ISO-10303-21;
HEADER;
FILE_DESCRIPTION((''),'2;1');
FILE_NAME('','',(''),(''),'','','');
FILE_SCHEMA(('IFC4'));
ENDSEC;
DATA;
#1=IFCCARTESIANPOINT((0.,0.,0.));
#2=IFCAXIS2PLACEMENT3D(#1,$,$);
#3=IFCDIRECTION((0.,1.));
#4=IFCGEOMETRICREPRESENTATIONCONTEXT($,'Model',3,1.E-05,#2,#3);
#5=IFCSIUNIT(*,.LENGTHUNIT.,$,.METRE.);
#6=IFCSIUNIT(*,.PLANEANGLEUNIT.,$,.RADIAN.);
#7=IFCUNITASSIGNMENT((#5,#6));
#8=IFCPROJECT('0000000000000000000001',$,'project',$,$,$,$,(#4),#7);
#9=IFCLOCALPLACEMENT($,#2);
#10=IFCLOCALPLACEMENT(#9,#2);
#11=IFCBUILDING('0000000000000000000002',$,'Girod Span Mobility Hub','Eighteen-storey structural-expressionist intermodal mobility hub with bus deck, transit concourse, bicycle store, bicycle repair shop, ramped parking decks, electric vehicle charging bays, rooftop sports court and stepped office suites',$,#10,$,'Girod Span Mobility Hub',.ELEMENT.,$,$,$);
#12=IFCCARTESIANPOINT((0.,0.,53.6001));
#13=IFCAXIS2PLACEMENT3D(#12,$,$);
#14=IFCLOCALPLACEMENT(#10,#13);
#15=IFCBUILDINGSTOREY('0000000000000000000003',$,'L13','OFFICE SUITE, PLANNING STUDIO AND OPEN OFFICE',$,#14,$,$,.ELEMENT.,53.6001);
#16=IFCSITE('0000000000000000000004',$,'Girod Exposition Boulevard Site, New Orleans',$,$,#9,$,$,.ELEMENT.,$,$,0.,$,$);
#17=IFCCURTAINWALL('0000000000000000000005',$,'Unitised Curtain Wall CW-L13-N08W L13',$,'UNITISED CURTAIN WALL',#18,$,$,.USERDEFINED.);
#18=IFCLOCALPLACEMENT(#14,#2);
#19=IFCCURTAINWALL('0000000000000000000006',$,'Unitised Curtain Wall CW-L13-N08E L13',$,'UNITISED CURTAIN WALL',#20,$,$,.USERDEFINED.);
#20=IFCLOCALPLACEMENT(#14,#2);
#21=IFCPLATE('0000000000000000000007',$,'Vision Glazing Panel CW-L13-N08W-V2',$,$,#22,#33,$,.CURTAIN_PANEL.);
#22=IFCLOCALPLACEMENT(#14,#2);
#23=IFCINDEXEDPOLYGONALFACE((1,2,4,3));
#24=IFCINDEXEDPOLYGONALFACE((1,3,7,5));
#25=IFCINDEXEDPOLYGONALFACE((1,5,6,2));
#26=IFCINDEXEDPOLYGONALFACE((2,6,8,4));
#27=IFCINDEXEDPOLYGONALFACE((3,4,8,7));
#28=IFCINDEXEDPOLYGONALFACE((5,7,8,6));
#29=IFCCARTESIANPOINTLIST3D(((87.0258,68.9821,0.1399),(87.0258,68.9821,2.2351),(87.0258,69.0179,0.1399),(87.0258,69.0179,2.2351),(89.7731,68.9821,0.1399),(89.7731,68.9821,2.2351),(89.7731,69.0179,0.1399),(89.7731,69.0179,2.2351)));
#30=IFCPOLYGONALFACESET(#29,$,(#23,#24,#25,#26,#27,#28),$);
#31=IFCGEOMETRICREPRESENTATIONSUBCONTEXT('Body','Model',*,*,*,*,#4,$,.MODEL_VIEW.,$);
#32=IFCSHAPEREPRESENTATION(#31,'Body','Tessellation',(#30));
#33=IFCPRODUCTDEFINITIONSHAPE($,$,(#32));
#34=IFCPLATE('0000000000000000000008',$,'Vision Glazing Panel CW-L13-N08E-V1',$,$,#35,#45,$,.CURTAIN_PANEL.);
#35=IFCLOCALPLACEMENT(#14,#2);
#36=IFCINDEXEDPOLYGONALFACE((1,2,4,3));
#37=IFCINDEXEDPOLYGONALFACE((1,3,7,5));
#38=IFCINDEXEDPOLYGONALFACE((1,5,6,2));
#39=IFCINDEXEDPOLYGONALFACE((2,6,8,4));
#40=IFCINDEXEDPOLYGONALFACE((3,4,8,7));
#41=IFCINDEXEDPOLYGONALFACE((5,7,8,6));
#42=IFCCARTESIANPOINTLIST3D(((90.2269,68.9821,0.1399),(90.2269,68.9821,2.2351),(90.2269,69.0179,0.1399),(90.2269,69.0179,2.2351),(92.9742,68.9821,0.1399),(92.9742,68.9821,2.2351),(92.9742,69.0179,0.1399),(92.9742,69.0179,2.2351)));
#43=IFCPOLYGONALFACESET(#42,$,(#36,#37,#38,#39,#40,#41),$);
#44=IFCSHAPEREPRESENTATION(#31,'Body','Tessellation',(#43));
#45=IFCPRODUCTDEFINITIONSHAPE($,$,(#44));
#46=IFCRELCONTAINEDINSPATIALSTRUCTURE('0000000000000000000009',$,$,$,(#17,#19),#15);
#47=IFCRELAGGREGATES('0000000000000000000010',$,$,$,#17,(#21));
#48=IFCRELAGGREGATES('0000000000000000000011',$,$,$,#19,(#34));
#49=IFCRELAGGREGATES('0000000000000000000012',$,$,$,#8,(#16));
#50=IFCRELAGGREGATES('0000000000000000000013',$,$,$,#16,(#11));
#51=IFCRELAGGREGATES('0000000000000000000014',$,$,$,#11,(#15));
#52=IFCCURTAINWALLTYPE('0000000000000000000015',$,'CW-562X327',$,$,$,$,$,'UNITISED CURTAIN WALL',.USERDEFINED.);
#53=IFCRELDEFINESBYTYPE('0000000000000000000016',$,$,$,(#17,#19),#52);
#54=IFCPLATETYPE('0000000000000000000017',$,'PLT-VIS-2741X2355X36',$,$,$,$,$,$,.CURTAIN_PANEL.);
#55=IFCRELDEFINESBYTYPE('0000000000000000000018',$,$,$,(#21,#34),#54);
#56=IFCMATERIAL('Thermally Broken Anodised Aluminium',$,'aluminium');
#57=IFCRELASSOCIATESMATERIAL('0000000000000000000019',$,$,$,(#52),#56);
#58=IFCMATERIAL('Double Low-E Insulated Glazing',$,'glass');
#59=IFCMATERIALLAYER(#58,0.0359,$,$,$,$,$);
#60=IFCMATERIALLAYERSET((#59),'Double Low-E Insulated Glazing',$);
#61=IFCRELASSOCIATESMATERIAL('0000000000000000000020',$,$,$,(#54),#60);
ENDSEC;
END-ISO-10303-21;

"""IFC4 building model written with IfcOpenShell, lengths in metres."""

from ifc_helpers import new_model, si_unit, direction, frame, origin, origin_2d, place, context, subcontext, project, spatial, rectangle, extrude, material, layer, layer_set, type_object, element, aggregate, save


model = new_model("IFC4")

# Units and contexts
model_context = context("Model", 3, precision=1e-05, world=origin(), true_north=direction((0.0, 1.0)))
body_context = subcontext(model_context, "Body", "Model", "MODEL_VIEW")
ifc_project = project(units=[si_unit("LENGTHUNIT", "METRE"), si_unit("PLANEANGLEUNIT", "RADIAN")], contexts=[model_context])

# Site, building, storey
site_placement = place(None, origin())
site = spatial("IfcSite", under=ifc_project, at=site_placement, Name="Girod Exposition Boulevard Site, New Orleans", CompositionType="ELEMENT", RefElevation=0.0)
building_placement = place(site_placement, origin())
building = spatial("IfcBuilding", under=site, at=building_placement, Name="Girod Span Mobility Hub", Description="Eighteen-storey structural-expressionist intermodal mobility hub with bus deck, transit concourse, bicycle store, bicycle repair shop, ramped parking decks, electric vehicle charging bays, rooftop sports court and stepped office suites", LongName="Girod Span Mobility Hub", CompositionType="ELEMENT")
storey_placement = place(building_placement, frame((0.0, 0.0, 53.6001)))
storey = spatial("IfcBuildingStorey", under=building, at=storey_placement, Name="L13", Description="OFFICE SUITE, PLANNING STUDIO AND OPEN OFFICE", CompositionType="ELEMENT", Elevation=53.6001)

# Curtain wall
ifc_material_1 = material(Name="Thermally Broken Anodised Aluminium", Category="aluminium")
curtain_wall_type = type_object("IfcCurtainWallType", Name="CW-562X327", ElementType="UNITISED CURTAIN WALL", PredefinedType="USERDEFINED", material=ifc_material_1)
curtain_wall_1_placement = place(storey_placement, origin())
curtain_wall_1 = element("IfcCurtainWall", 1, at=curtain_wall_1_placement, inside=storey, type_object=curtain_wall_type, Name="Unitised Curtain Wall CW-L13-N08W L13", ObjectType="UNITISED CURTAIN WALL", PredefinedType="USERDEFINED")

# Curtain wall
curtain_wall_2_placement = place(storey_placement, origin())
curtain_wall_2 = element("IfcCurtainWall", 2, at=curtain_wall_2_placement, inside=storey, type_object=curtain_wall_type, Name="Unitised Curtain Wall CW-L13-N08E L13", ObjectType="UNITISED CURTAIN WALL", PredefinedType="USERDEFINED")

# Plates
ifc_material_2 = material(Name="Double Low-E Insulated Glazing", Category="glass")
ifc_layer_1 = layer(ifc_material_2, 0.0359)
ifc_layer_set_1 = layer_set([ifc_layer_1], Name="Double Low-E Insulated Glazing")
plate_type_1 = type_object("IfcPlateType", Name="PLT-VIS-2741X2355X36", PredefinedType="CURTAIN_PANEL", material=ifc_layer_set_1)
plate_1_placement = place(storey_placement, frame((88.3994, 69.0, 0.1399), z_axis=(0.0, 0.0, 1.0), x_axis=(1.0, 0.0, 0.0)))
plate_1 = element("IfcPlate", 3, at=plate_1_placement, type_object=plate_type_1, Name="Vision Glazing Panel CW-L13-N08W-V2", PredefinedType="CURTAIN_PANEL", context=body_context, shape_type="SweptSolid", body=[
    extrude(rectangle(XDim=2.7473, YDim=0.0359, at=origin_2d()), origin(), (0.0, 0.0, 1.0), 2.0952),
])
aggregate(curtain_wall_1, [plate_1])
plate_2_placement = place(storey_placement, frame((91.6006, 69.0, 0.1399), z_axis=(0.0, 0.0, 1.0), x_axis=(1.0, 0.0, 0.0)))
plate_2 = element("IfcPlate", 4, at=plate_2_placement, type_object=plate_type_1, Name="Vision Glazing Panel CW-L13-N08E-V1", PredefinedType="CURTAIN_PANEL", context=body_context, shape_type="SweptSolid", body=[
    extrude(rectangle(XDim=2.7473, YDim=0.0359, at=origin_2d()), origin(), (0.0, 0.0, 1.0), 2.0952),
])
aggregate(curtain_wall_2, [plate_2])

save(model, "model.ifc")
